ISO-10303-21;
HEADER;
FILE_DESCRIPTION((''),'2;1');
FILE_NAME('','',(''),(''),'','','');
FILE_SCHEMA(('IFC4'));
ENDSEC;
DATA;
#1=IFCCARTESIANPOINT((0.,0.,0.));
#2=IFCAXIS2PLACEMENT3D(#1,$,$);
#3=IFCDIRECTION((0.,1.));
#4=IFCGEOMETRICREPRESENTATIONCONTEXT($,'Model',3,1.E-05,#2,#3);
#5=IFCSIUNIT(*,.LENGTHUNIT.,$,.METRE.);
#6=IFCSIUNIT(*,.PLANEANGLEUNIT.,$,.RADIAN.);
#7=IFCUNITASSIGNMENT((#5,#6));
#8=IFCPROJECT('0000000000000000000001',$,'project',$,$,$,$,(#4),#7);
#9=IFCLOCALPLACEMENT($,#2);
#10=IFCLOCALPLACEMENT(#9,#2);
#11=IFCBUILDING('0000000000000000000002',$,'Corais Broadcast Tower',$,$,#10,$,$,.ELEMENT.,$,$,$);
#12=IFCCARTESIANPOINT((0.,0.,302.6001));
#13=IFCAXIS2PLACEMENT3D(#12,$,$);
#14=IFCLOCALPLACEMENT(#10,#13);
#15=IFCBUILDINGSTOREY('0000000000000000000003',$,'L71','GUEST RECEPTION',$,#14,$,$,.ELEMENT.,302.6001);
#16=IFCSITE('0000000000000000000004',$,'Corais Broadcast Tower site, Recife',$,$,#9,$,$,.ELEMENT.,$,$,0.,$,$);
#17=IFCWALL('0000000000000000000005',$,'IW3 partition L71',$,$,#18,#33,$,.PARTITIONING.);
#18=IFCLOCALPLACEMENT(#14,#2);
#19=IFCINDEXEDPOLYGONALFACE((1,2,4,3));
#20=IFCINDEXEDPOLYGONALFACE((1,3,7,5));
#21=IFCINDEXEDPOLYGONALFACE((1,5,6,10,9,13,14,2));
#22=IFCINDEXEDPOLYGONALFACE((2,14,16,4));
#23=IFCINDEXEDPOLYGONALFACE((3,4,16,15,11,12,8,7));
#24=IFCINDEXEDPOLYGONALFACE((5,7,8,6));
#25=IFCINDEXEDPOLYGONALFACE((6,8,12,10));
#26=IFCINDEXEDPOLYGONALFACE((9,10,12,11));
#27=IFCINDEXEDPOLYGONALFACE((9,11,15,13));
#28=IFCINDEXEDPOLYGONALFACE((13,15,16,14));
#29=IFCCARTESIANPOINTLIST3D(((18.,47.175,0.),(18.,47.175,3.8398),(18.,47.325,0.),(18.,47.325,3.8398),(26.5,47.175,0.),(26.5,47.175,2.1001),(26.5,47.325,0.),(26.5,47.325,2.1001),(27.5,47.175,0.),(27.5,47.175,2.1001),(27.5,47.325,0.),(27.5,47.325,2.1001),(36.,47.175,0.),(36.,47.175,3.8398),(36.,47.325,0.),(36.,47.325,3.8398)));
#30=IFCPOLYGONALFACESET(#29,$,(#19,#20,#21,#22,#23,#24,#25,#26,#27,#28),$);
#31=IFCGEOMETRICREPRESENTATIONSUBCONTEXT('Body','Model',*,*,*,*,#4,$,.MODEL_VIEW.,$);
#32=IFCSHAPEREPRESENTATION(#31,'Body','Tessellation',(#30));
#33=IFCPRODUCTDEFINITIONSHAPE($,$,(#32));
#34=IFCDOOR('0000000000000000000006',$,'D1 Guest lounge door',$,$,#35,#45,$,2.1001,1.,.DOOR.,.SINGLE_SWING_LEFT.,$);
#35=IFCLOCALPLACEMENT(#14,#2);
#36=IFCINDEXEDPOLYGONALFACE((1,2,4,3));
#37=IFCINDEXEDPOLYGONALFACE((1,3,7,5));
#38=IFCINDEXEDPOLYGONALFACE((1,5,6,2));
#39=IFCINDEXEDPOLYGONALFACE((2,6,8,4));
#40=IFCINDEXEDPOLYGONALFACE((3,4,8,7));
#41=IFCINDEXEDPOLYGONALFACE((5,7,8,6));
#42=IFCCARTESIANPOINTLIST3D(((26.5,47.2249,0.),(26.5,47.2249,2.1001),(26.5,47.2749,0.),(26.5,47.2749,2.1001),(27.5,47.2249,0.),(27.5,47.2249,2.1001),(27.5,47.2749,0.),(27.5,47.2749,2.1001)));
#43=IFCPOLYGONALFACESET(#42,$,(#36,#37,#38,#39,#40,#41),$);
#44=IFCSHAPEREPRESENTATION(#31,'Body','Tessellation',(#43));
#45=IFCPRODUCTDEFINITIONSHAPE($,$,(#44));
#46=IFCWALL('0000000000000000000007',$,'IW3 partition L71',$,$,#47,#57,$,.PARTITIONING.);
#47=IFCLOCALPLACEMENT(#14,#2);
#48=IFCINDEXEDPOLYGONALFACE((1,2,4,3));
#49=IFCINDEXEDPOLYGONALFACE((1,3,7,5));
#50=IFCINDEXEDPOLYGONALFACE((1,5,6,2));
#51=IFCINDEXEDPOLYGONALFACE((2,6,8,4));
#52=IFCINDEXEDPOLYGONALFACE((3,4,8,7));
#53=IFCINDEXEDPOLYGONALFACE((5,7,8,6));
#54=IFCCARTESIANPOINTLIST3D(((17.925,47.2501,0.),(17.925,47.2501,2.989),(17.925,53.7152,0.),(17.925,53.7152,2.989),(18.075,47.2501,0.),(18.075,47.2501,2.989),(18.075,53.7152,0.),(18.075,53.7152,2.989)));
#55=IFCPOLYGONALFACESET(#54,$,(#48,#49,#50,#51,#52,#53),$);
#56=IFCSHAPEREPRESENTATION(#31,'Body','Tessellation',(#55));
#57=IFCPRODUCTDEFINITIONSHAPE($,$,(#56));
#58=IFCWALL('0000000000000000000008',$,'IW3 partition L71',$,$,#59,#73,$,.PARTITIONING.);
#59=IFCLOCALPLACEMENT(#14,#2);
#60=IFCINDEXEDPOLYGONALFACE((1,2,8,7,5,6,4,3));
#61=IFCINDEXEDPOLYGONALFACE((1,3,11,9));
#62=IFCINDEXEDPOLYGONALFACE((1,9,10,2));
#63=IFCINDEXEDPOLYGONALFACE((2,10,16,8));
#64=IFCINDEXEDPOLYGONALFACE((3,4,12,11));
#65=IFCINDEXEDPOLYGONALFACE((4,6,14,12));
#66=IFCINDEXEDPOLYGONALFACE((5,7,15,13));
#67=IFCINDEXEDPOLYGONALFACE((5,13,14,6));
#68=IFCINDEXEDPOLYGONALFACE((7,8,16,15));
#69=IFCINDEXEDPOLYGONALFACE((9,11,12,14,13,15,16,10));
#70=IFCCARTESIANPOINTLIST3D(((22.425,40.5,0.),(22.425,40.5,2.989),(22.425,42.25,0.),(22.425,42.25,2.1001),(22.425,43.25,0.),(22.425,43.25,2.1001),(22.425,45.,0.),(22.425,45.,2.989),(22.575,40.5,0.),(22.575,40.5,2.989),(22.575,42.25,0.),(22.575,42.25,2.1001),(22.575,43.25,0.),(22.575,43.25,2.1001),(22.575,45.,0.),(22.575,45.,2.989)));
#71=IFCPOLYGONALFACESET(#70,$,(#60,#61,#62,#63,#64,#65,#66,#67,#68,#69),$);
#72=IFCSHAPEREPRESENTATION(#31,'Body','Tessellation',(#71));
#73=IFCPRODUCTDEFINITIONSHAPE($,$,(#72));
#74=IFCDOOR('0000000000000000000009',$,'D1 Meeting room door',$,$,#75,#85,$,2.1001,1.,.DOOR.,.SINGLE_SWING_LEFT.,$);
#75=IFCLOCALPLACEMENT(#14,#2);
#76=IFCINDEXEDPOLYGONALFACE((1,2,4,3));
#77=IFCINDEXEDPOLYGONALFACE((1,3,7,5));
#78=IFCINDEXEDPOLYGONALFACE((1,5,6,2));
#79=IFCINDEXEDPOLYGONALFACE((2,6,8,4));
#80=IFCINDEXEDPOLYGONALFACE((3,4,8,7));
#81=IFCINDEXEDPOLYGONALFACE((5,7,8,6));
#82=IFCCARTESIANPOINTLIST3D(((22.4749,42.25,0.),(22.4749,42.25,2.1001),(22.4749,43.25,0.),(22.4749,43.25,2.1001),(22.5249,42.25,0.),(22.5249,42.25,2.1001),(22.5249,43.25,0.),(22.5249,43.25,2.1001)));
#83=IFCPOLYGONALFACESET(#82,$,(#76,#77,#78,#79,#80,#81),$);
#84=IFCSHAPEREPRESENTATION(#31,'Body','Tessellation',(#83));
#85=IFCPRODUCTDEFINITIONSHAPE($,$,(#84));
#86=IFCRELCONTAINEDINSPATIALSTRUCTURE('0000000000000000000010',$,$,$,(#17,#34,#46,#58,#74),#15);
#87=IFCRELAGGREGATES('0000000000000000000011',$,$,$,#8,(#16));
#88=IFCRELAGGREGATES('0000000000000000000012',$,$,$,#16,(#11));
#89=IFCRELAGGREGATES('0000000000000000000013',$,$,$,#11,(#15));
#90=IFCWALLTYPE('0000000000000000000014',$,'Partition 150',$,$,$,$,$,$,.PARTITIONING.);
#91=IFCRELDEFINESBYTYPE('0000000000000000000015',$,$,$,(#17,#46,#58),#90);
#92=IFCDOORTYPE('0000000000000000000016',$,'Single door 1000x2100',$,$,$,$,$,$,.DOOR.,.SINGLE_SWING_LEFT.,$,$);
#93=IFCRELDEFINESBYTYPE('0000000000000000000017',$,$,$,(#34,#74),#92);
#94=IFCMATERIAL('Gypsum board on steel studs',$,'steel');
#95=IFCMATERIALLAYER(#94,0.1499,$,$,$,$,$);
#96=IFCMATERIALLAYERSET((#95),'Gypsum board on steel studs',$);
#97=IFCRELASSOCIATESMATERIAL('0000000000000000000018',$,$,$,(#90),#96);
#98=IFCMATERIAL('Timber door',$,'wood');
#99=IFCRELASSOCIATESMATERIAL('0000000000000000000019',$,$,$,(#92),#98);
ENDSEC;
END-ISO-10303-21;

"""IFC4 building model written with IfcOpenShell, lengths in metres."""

from ifc_helpers import new_model, si_unit, direction, frame, frame_2d, origin, place, context, subcontext, project, spatial, rectangle, extrude, material, layer, layer_set, type_object, element, fill, save


model = new_model("IFC4")

# Units and contexts
model_context = context("Model", 3, precision=1e-05, world=origin(), true_north=direction((0.0, 1.0)))
body_context = subcontext(model_context, "Body", "Model", "MODEL_VIEW")
ifc_project = project(units=[si_unit("LENGTHUNIT", "METRE"), si_unit("PLANEANGLEUNIT", "RADIAN")], contexts=[model_context])

# Site, building, storey
site_placement = place(None, origin())
site = spatial("IfcSite", under=ifc_project, at=site_placement, Name="Corais Broadcast Tower site, Recife", CompositionType="ELEMENT", RefElevation=0.0)
building_placement = place(site_placement, origin())
building = spatial("IfcBuilding", under=site, at=building_placement, Name="Corais Broadcast Tower", CompositionType="ELEMENT")
storey_placement = place(building_placement, frame((0.0, 0.0, 302.6001)))
storey = spatial("IfcBuildingStorey", under=building, at=storey_placement, Name="L71", Description="GUEST RECEPTION", CompositionType="ELEMENT", Elevation=302.6001)

# Shared definitions
ifc_material_1 = material(Name="Gypsum board on steel studs", Category="steel")
ifc_layer_1 = layer(ifc_material_1, 0.1499)
ifc_layer_set_1 = layer_set([ifc_layer_1], Name="Gypsum board on steel studs")
wall_type = type_object("IfcWallType", Name="Partition 150", PredefinedType="PARTITIONING", material=ifc_layer_set_1)

# Wall, opening, door
ifc_material_2 = material(Name="Timber door", Category="wood")
door_type = type_object("IfcDoorType", Name="Single door 1000x2100", OperationType="SINGLE_SWING_LEFT", PredefinedType="DOOR", material=ifc_material_2)
wall_1_placement = place(storey_placement, frame((18.0, 47.25, 0.0), z_axis=(0.0, 0.0, 1.0), x_axis=(1.0, 0.0, 0.0)))
wall_1 = element("IfcWall", 1, at=wall_1_placement, inside=storey, type_object=wall_type, Name="IW3 partition L71", PredefinedType="PARTITIONING", context=body_context, shape_type="SweptSolid", body=[
    extrude(rectangle(XDim=18.0, YDim=0.1499, at=frame_2d((9.0, 0.0))), origin(), (0.0, 0.0, 1.0), 3.8398),
])
opening_1_placement = place(wall_1_placement, frame((8.5, 0.0, 0.0)))
opening_1 = element("IfcOpeningElement", 2, at=opening_1_placement, cuts=wall_1, PredefinedType="OPENING", context=body_context, shape_type="SweptSolid", body=[
    extrude(rectangle(XDim=1.0, YDim=2.1001, at=frame_2d((0.5, 1.05))), frame((0.0, 0.085, 0.0), z_axis=(0.0, -1.0, 0.0), x_axis=(1.0, 0.0, 0.0)), (0.0, 0.0, 1.0), 0.1699),
])
door_1_placement = place(opening_1_placement, origin())
door_1 = element("IfcDoor", 3, at=door_1_placement, inside=storey, type_object=door_type, Name="D1 Guest lounge door", OperationType="SINGLE_SWING_LEFT", OverallHeight=2.1001, OverallWidth=1.0, PredefinedType="DOOR", context=body_context, shape_type="SweptSolid", body=[
    extrude(rectangle(XDim=1.0, YDim=2.1001, at=frame_2d((0.5, 1.05))), frame((0.0, 0.0249, 0.0), z_axis=(0.0, -1.0, 0.0), x_axis=(1.0, 0.0, 0.0)), (0.0, 0.0, 1.0), 0.05),
])
fill(opening_1, door_1)

# Wall
wall_2_placement = place(storey_placement, frame((18.0, 53.7151, 0.0), z_axis=(0.0, 0.0, 1.0), x_axis=(0.0, -1.0, 0.0)))
element("IfcWall", 4, at=wall_2_placement, inside=storey, type_object=wall_type, Name="IW3 partition L71", PredefinedType="PARTITIONING", context=body_context, shape_type="SweptSolid", body=[
    extrude(rectangle(XDim=6.4651, YDim=0.1499, at=frame_2d((3.2324, 0.0))), origin(), (0.0, 0.0, 1.0), 2.989),
])

# Wall, opening, door
wall_3_placement = place(storey_placement, frame((22.5, 45.0, 0.0), z_axis=(0.0, 0.0, 1.0), x_axis=(0.0, -1.0, 0.0)))
wall_3 = element("IfcWall", 5, at=wall_3_placement, inside=storey, type_object=wall_type, Name="IW3 partition L71", PredefinedType="PARTITIONING", context=body_context, shape_type="SweptSolid", body=[
    extrude(rectangle(XDim=4.5, YDim=0.1499, at=frame_2d((2.25, 0.0))), origin(), (0.0, 0.0, 1.0), 2.989),
])
opening_2_placement = place(wall_3_placement, frame((1.75, 0.0, 0.0)))
opening_2 = element("IfcOpeningElement", 6, at=opening_2_placement, cuts=wall_3, PredefinedType="OPENING", context=body_context, shape_type="SweptSolid", body=[
    extrude(rectangle(XDim=1.0, YDim=2.1001, at=frame_2d((0.5, 1.05))), frame((0.0, 0.085, 0.0), z_axis=(0.0, -1.0, 0.0), x_axis=(1.0, 0.0, 0.0)), (0.0, 0.0, 1.0), 0.1699),
])
door_2_placement = place(opening_2_placement, origin())
door_2 = element("IfcDoor", 7, at=door_2_placement, inside=storey, type_object=door_type, Name="D1 Meeting room door", OperationType="SINGLE_SWING_LEFT", OverallHeight=2.1001, OverallWidth=1.0, PredefinedType="DOOR", context=body_context, shape_type="SweptSolid", body=[
    extrude(rectangle(XDim=1.0, YDim=2.1001, at=frame_2d((0.5, 1.05))), frame((0.0, 0.0249, 0.0), z_axis=(0.0, -1.0, 0.0), x_axis=(1.0, 0.0, 0.0)), (0.0, 0.0, 1.0), 0.05),
])
fill(opening_2, door_2)

save(model, "model.ifc")
